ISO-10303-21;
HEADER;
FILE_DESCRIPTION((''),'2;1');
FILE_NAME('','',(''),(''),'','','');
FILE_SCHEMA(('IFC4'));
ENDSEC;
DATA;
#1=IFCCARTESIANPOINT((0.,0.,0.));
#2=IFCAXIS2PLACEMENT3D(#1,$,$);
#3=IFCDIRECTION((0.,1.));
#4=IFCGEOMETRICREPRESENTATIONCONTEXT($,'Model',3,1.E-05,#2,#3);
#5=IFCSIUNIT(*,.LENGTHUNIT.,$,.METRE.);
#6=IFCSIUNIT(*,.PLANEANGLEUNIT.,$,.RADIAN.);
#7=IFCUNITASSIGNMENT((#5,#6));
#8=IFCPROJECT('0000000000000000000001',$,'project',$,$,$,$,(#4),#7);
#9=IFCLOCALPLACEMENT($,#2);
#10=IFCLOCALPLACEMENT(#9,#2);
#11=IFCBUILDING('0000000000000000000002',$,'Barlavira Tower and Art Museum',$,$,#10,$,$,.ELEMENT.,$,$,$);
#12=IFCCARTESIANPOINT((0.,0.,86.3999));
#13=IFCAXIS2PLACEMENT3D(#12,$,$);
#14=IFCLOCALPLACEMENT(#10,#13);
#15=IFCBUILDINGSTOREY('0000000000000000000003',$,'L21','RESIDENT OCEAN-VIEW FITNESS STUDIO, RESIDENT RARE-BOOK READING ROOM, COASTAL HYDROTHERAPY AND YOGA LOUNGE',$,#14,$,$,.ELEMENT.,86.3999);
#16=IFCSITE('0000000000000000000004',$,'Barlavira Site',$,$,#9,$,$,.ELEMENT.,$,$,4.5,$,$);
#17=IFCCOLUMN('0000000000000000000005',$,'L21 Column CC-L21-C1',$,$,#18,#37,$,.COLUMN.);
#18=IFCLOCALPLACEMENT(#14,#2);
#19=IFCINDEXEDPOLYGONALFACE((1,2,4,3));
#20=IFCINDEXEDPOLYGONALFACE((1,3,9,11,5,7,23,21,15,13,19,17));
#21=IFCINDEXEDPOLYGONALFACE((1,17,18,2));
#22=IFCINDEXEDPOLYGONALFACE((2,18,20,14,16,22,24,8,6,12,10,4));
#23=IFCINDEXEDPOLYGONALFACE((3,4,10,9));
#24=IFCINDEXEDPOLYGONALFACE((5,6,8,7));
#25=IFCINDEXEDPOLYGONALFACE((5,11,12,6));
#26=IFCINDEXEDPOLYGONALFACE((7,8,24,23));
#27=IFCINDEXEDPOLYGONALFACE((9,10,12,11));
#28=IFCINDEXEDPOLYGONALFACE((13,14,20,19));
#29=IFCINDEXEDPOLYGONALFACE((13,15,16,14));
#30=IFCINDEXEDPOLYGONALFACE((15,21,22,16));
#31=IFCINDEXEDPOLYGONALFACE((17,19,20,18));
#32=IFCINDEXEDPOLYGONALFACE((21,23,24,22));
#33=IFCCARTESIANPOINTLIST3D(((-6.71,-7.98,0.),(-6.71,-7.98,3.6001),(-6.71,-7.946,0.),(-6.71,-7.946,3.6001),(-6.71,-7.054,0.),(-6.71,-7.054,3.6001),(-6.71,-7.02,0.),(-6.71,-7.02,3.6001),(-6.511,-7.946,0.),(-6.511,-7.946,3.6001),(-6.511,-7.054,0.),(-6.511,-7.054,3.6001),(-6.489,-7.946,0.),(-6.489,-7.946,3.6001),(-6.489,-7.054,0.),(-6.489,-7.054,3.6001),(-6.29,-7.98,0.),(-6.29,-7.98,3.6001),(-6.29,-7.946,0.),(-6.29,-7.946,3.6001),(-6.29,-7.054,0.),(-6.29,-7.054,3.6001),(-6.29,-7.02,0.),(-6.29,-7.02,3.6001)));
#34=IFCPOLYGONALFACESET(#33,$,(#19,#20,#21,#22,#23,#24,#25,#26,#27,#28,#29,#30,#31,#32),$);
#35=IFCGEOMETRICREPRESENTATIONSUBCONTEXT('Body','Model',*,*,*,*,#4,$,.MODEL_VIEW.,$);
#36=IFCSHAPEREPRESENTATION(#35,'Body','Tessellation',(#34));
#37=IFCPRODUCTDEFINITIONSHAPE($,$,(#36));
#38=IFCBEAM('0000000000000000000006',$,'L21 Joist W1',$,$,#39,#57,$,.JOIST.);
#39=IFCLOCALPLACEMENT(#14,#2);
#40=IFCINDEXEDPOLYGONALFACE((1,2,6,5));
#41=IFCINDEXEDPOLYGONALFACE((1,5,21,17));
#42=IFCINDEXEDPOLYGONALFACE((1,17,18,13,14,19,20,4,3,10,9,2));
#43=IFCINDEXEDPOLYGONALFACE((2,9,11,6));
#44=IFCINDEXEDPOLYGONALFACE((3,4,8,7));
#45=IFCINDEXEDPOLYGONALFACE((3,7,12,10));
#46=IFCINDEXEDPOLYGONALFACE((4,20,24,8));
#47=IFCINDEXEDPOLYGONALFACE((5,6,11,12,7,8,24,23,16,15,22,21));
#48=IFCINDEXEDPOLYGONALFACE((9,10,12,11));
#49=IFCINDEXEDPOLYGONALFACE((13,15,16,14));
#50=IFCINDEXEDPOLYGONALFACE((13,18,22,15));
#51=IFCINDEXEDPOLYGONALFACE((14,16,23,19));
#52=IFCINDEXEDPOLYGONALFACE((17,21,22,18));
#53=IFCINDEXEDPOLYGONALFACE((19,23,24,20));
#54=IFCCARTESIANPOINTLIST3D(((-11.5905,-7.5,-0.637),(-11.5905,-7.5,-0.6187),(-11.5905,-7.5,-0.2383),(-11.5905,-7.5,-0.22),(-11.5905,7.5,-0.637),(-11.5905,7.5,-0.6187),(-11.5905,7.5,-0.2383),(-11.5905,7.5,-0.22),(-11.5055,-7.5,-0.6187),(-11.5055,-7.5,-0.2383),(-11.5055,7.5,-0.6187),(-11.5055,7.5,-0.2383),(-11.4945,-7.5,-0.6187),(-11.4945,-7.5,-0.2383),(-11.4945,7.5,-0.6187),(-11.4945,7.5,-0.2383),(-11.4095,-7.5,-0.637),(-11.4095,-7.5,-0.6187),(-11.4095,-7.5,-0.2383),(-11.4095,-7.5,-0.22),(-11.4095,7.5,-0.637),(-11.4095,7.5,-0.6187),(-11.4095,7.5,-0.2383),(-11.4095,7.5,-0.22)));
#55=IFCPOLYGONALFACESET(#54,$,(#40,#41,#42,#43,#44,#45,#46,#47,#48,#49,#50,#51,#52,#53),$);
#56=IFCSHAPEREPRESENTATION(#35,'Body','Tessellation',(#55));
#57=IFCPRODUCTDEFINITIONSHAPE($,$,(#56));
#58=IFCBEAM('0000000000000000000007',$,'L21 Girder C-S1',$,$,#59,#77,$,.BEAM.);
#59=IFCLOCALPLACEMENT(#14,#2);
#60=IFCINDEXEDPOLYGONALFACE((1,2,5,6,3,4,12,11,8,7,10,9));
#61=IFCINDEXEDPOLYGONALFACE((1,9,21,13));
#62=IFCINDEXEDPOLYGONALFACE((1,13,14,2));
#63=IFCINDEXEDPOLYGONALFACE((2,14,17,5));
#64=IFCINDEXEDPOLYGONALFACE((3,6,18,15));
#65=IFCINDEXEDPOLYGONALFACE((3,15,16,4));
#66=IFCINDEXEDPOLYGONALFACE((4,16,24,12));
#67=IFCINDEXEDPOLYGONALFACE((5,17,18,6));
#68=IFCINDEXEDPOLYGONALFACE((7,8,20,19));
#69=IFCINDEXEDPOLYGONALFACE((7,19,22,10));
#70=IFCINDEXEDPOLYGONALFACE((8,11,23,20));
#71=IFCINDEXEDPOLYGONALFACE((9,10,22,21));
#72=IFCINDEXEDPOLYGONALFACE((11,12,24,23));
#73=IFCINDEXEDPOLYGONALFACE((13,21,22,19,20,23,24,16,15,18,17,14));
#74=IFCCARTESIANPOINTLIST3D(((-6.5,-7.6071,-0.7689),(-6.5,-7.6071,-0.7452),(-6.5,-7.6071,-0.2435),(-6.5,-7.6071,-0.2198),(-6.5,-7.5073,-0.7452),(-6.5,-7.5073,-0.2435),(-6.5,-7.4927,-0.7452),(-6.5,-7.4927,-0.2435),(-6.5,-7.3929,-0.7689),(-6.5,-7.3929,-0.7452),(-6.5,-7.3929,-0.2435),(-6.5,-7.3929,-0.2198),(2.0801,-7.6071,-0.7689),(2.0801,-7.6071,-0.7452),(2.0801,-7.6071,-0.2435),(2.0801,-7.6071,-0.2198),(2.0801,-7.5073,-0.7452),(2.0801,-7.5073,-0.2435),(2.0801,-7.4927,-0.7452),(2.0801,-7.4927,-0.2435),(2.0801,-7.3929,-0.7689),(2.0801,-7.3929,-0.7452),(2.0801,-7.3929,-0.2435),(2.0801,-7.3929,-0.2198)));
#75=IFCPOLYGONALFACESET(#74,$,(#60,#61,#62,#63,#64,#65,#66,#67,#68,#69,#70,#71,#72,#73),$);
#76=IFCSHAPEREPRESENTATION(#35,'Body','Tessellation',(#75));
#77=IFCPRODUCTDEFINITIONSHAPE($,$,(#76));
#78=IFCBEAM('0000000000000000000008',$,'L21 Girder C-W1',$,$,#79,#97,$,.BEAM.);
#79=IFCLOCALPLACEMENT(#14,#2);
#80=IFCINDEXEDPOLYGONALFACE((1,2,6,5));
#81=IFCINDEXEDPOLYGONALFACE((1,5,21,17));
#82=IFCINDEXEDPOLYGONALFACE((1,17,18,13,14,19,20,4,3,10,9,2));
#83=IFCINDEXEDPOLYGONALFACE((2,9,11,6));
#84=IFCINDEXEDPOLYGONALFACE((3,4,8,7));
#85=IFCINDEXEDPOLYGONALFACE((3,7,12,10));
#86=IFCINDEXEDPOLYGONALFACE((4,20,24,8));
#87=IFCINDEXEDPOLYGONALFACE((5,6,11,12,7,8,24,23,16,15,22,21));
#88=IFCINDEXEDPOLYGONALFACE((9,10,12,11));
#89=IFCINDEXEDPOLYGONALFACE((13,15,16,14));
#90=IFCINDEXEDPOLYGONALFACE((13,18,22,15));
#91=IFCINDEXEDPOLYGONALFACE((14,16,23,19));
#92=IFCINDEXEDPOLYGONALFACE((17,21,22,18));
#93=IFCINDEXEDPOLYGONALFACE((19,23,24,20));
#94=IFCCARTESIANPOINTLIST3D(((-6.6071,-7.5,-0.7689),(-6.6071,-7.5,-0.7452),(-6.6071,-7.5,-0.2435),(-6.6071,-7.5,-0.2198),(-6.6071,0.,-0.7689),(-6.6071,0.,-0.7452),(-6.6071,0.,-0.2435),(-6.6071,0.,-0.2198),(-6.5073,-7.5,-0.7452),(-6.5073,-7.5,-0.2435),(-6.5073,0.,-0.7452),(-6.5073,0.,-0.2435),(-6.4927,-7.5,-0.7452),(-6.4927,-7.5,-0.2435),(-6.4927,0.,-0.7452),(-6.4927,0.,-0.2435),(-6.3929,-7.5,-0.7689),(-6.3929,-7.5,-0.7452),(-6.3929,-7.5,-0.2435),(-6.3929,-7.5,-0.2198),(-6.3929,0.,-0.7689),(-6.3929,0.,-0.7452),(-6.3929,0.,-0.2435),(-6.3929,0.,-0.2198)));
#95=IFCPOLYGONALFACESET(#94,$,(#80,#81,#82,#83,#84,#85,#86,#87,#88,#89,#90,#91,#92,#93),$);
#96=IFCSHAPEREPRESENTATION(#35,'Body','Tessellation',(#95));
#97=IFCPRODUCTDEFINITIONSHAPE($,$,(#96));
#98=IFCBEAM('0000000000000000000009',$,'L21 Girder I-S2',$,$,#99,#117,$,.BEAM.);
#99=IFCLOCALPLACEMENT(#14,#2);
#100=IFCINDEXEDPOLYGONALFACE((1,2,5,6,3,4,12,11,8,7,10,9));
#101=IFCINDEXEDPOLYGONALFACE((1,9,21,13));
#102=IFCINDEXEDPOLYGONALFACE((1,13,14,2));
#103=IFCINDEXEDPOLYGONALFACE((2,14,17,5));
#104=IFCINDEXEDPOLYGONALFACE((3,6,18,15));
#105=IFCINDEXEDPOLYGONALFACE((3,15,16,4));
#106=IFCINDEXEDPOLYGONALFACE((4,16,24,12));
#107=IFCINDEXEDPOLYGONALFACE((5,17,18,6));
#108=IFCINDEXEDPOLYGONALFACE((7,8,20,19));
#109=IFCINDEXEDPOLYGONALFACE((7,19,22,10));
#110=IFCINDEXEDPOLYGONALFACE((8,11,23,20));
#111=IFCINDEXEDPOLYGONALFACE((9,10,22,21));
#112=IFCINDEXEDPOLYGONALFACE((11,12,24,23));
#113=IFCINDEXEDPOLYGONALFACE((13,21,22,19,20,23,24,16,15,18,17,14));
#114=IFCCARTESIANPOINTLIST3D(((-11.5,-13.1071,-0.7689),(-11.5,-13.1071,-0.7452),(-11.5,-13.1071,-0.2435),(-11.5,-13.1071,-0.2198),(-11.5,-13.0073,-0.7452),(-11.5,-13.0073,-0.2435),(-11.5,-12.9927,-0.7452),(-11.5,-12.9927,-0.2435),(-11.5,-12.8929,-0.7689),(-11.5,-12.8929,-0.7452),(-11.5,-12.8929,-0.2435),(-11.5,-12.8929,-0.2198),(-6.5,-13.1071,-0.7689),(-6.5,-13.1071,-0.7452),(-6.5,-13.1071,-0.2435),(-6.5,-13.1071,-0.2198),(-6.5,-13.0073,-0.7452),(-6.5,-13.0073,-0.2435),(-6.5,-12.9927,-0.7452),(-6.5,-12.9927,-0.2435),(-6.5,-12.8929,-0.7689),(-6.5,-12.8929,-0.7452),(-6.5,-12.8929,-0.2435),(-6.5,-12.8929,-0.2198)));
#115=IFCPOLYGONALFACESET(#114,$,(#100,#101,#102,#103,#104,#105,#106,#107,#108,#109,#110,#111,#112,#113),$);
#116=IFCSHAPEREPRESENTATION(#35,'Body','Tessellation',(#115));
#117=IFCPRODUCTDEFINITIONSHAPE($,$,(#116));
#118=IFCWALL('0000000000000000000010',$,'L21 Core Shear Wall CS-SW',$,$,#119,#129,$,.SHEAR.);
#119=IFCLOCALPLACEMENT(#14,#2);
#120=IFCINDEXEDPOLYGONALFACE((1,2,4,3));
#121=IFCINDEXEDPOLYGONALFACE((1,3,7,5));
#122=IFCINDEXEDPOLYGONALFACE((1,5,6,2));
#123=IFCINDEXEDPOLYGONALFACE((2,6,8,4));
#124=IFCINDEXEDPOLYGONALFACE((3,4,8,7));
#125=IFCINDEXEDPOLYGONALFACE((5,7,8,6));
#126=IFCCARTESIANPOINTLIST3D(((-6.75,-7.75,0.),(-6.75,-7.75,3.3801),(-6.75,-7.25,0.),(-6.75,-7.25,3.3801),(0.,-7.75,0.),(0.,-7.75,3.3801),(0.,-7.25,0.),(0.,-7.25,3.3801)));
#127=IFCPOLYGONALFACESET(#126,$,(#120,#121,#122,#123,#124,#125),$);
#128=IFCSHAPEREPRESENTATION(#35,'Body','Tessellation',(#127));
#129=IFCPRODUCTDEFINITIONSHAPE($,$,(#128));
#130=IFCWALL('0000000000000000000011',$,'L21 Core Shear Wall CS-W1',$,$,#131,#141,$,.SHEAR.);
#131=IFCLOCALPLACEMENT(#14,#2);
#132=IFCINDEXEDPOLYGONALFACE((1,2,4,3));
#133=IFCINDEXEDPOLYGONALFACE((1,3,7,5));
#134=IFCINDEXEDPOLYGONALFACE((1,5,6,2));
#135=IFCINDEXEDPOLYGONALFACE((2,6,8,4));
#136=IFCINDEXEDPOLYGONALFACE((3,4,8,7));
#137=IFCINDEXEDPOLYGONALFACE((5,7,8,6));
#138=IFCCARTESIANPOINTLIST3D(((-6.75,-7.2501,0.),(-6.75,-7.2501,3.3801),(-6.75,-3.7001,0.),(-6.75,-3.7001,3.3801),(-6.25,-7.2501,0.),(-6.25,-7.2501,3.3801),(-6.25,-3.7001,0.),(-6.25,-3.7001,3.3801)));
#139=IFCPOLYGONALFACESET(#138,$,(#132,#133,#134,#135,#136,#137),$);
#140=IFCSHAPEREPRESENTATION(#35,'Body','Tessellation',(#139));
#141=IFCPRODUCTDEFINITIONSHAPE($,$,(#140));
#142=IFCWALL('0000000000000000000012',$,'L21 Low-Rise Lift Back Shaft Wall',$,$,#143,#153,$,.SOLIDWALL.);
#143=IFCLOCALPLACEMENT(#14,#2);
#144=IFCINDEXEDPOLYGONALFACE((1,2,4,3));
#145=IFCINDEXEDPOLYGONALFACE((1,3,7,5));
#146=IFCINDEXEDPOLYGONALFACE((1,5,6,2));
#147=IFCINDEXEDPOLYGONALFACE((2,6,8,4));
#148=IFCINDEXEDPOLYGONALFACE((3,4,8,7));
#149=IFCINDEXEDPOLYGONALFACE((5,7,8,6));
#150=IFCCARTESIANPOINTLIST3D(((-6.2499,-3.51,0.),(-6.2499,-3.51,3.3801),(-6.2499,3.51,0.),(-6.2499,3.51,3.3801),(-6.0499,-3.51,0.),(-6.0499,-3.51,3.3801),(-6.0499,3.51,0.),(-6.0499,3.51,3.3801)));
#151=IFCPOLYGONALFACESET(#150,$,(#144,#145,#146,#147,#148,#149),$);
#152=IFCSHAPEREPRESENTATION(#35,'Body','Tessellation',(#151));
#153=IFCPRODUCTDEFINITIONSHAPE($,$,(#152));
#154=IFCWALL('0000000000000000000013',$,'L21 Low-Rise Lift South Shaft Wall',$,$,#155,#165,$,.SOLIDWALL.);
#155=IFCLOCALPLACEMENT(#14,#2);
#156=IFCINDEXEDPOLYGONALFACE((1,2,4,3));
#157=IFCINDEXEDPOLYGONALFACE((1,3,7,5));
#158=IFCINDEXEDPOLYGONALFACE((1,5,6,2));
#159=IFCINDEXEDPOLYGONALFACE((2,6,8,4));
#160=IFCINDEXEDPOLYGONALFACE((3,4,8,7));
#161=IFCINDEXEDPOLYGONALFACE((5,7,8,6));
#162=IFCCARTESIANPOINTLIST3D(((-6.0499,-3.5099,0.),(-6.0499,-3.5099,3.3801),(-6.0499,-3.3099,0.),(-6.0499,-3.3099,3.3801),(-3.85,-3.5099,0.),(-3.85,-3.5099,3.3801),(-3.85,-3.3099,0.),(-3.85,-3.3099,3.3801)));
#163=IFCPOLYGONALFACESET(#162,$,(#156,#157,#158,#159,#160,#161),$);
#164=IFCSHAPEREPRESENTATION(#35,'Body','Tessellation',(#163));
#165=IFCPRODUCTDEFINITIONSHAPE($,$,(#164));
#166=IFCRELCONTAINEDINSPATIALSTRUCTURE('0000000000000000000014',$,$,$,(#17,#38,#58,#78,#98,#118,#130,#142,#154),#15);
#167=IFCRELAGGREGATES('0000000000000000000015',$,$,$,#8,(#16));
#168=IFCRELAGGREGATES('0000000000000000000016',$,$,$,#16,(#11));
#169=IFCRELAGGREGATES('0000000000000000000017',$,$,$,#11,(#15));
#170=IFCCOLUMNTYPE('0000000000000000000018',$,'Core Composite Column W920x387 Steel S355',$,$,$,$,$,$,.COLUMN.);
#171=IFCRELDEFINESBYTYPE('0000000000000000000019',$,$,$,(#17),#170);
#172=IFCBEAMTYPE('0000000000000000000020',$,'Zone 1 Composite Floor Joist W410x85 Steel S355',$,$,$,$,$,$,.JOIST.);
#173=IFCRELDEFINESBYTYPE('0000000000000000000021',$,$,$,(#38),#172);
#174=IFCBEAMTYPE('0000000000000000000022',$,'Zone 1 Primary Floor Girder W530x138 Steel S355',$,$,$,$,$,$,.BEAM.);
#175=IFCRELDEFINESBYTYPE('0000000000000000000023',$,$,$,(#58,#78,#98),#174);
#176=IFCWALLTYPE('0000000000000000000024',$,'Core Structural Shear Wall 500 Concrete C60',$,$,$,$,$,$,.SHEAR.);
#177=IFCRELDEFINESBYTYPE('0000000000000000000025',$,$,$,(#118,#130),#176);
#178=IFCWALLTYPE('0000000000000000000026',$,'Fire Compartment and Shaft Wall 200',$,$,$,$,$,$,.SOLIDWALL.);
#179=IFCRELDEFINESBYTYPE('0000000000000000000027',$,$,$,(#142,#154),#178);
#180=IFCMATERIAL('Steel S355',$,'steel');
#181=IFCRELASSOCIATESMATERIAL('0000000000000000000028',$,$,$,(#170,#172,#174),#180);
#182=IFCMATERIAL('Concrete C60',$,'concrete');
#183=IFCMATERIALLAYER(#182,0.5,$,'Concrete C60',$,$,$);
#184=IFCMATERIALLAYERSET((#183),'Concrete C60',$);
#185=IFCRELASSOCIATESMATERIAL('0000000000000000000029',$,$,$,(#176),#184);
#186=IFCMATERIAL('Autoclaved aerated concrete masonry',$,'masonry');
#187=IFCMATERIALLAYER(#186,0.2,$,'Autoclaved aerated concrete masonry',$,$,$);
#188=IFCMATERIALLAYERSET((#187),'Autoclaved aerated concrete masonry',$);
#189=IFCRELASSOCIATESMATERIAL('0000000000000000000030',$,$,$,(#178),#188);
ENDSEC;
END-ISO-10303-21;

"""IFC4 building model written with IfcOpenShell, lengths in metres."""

from ifc_helpers import new_model, si_unit, direction, frame, frame_2d, origin, origin_2d, place, context, subcontext, project, spatial, rectangle, i_section, extrude, material, layer, layer_set, material_profile, profile_set, type_object, element, save


model = new_model("IFC4")

# Units and contexts
model_context = context("Model", 3, precision=1e-05, world=origin(), true_north=direction((0.0, 1.0)))
body_context = subcontext(model_context, "Body", "Model", "MODEL_VIEW")
ifc_project = project(units=[si_unit("LENGTHUNIT", "METRE"), si_unit("PLANEANGLEUNIT", "RADIAN")], contexts=[model_context])

# Site, building, storey
site_placement = place(None, origin())
site = spatial("IfcSite", under=ifc_project, at=site_placement, Name="Barlavira Site", CompositionType="ELEMENT", RefElevation=4.5)
building_placement = place(site_placement, origin())
building = spatial("IfcBuilding", under=site, at=building_placement, Name="Barlavira Tower and Art Museum", CompositionType="ELEMENT")
storey_placement = place(building_placement, frame((0.0, 0.0, 86.3999)))
storey = spatial("IfcBuildingStorey", under=building, at=storey_placement, Name="L21", Description="RESIDENT OCEAN-VIEW FITNESS STUDIO, RESIDENT RARE-BOOK READING ROOM, COASTAL HYDROTHERAPY AND YOGA LOUNGE", CompositionType="ELEMENT", Elevation=86.3999)

# Column
ifc_material_1 = material(Name="Steel S355", Category="steel")
ifc_material_profile_1 = material_profile(ifc_material_1, i_section(OverallWidth=0.4199, OverallDepth=0.96, WebThickness=0.022, FlangeThickness=0.0339, at=origin_2d()), Name="W920x387.0")
ifc_profile_set_1 = profile_set([ifc_material_profile_1], Name="Steel S355")
column_type = type_object("IfcColumnType", Name="Core Composite Column W920x387 Steel S355", PredefinedType="COLUMN", material=ifc_profile_set_1)
column_placement = place(storey_placement, frame((-6.5, -7.5, 0.0), z_axis=(0.0, 0.0, 1.0), x_axis=(1.0, 0.0, 0.0)))
element("IfcColumn", 1, at=column_placement, inside=storey, type_object=column_type, Name="L21 Column CC-L21-C1", PredefinedType="COLUMN", context=body_context, shape_type="SweptSolid", body=[
    extrude(i_section(OverallWidth=0.4199, OverallDepth=0.96, WebThickness=0.022, FlangeThickness=0.0339, at=origin_2d()), origin(), (0.0, 0.0, 1.0), 3.6001),
])

# Beams
ifc_material_profile_2 = material_profile(ifc_material_1, i_section(OverallWidth=0.1809, OverallDepth=0.417, WebThickness=0.011, FlangeThickness=0.0183, at=origin_2d()), Name="W410x85.0")
ifc_profile_set_2 = profile_set([ifc_material_profile_2], Name="Steel S355")
beam_type_1 = type_object("IfcBeamType", Name="Zone 1 Composite Floor Joist W410x85 Steel S355", PredefinedType="JOIST", material=ifc_profile_set_2)
beam_1_placement = place(storey_placement, frame((-11.5, -7.5, -0.4285), z_axis=(0.0, 1.0, 0.0), x_axis=(-1.0, 0.0, 0.0)))
element("IfcBeam", 2, at=beam_1_placement, inside=storey, type_object=beam_type_1, Name="L21 Joist W1", PredefinedType="JOIST", context=body_context, shape_type="SweptSolid", body=[
    extrude(i_section(OverallWidth=0.1809, OverallDepth=0.417, WebThickness=0.011, FlangeThickness=0.0183, at=origin_2d()), origin(), (0.0, 0.0, 1.0), 15.0),
])
ifc_material_profile_3 = material_profile(ifc_material_1, i_section(OverallWidth=0.2141, OverallDepth=0.5491, WebThickness=0.0146, FlangeThickness=0.0237, at=origin_2d()), Name="W530x138.0")
ifc_profile_set_3 = profile_set([ifc_material_profile_3], Name="Steel S355")
beam_type_2 = type_object("IfcBeamType", Name="Zone 1 Primary Floor Girder W530x138 Steel S355", PredefinedType="BEAM", material=ifc_profile_set_3)
beam_2_placement = place(storey_placement, frame((-6.5, -7.5, -0.4944), z_axis=(1.0, 0.0, 0.0), x_axis=(0.0, 1.0, 0.0)))
element("IfcBeam", 3, at=beam_2_placement, inside=storey, type_object=beam_type_2, Name="L21 Girder C-S1", PredefinedType="BEAM", context=body_context, shape_type="SweptSolid", body=[
    extrude(i_section(OverallWidth=0.2141, OverallDepth=0.5491, WebThickness=0.0146, FlangeThickness=0.0237, at=origin_2d()), origin(), (0.0, 0.0, 1.0), 8.5801),
])
beam_3_placement = place(storey_placement, frame((-6.5, -7.5, -0.4944), z_axis=(0.0, 1.0, 0.0), x_axis=(-1.0, 0.0, 0.0)))
element("IfcBeam", 4, at=beam_3_placement, inside=storey, type_object=beam_type_2, Name="L21 Girder C-W1", PredefinedType="BEAM", context=body_context, shape_type="SweptSolid", body=[
    extrude(i_section(OverallWidth=0.2141, OverallDepth=0.5491, WebThickness=0.0146, FlangeThickness=0.0237, at=origin_2d()), origin(), (0.0, 0.0, 1.0), 7.5),
])
beam_4_placement = place(storey_placement, frame((-11.5, -13.0, -0.4944), z_axis=(1.0, 0.0, 0.0), x_axis=(0.0, 1.0, 0.0)))
element("IfcBeam", 5, at=beam_4_placement, inside=storey, type_object=beam_type_2, Name="L21 Girder I-S2", PredefinedType="BEAM", context=body_context, shape_type="SweptSolid", body=[
    extrude(i_section(OverallWidth=0.2141, OverallDepth=0.5491, WebThickness=0.0146, FlangeThickness=0.0237, at=origin_2d()), origin(), (0.0, 0.0, 1.0), 5.0),
])

# Walls
ifc_material_2 = material(Name="Concrete C60", Category="concrete")
ifc_layer_1 = layer(ifc_material_2, 0.5, Name="Concrete C60")
ifc_layer_set_1 = layer_set([ifc_layer_1], Name="Concrete C60")
wall_type_1 = type_object("IfcWallType", Name="Core Structural Shear Wall 500 Concrete C60", PredefinedType="SHEAR", material=ifc_layer_set_1)
wall_1_placement = place(storey_placement, frame((-6.75, -7.5, 0.0), z_axis=(0.0, 0.0, 1.0), x_axis=(1.0, 0.0, 0.0)))
element("IfcWall", 6, at=wall_1_placement, inside=storey, type_object=wall_type_1, Name="L21 Core Shear Wall CS-SW", PredefinedType="SHEAR", context=body_context, shape_type="SweptSolid", body=[
    extrude(rectangle(XDim=6.75, YDim=0.5, at=frame_2d((3.375, 0.0))), origin(), (0.0, 0.0, 1.0), 3.3801),
])
wall_2_placement = place(storey_placement, frame((-6.5, -7.25, 0.0), z_axis=(0.0, 0.0, 1.0), x_axis=(0.0, 1.0, 0.0)))
element("IfcWall", 7, at=wall_2_placement, inside=storey, type_object=wall_type_1, Name="L21 Core Shear Wall CS-W1", PredefinedType="SHEAR", context=body_context, shape_type="SweptSolid", body=[
    extrude(rectangle(XDim=3.55, YDim=0.5, at=frame_2d((1.7749, 0.0))), origin(), (0.0, 0.0, 1.0), 3.3801),
])

# Shared definitions
ifc_material_3 = material(Name="Autoclaved aerated concrete masonry", Category="masonry")
ifc_layer_2 = layer(ifc_material_3, 0.2, Name="Autoclaved aerated concrete masonry")
ifc_layer_set_2 = layer_set([ifc_layer_2], Name="Autoclaved aerated concrete masonry")
wall_type_2 = type_object("IfcWallType", Name="Fire Compartment and Shaft Wall 200", PredefinedType="SOLIDWALL", material=ifc_layer_set_2)

# Walls
wall_3_placement = place(storey_placement, frame((-6.1499, -3.51, 0.0), z_axis=(0.0, 0.0, 1.0), x_axis=(0.0, 1.0, 0.0)))
element("IfcWall", 8, at=wall_3_placement, inside=storey, type_object=wall_type_2, Name="L21 Low-Rise Lift Back Shaft Wall", PredefinedType="SOLIDWALL", context=body_context, shape_type="SweptSolid", body=[
    extrude(rectangle(XDim=7.02, YDim=0.2, at=frame_2d((3.51, 0.0))), origin(), (0.0, 0.0, 1.0), 3.3801),
])
wall_4_placement = place(storey_placement, frame((-6.05, -3.4099, 0.0), z_axis=(0.0, 0.0, 1.0), x_axis=(1.0, 0.0, 0.0)))
element("IfcWall", 9, at=wall_4_placement, inside=storey, type_object=wall_type_2, Name="L21 Low-Rise Lift South Shaft Wall", PredefinedType="SOLIDWALL", context=body_context, shape_type="SweptSolid", body=[
    extrude(rectangle(XDim=2.2, YDim=0.2, at=frame_2d((1.1001, 0.0))), origin(), (0.0, 0.0, 1.0), 3.3801),
])

save(model, "model.ifc")
